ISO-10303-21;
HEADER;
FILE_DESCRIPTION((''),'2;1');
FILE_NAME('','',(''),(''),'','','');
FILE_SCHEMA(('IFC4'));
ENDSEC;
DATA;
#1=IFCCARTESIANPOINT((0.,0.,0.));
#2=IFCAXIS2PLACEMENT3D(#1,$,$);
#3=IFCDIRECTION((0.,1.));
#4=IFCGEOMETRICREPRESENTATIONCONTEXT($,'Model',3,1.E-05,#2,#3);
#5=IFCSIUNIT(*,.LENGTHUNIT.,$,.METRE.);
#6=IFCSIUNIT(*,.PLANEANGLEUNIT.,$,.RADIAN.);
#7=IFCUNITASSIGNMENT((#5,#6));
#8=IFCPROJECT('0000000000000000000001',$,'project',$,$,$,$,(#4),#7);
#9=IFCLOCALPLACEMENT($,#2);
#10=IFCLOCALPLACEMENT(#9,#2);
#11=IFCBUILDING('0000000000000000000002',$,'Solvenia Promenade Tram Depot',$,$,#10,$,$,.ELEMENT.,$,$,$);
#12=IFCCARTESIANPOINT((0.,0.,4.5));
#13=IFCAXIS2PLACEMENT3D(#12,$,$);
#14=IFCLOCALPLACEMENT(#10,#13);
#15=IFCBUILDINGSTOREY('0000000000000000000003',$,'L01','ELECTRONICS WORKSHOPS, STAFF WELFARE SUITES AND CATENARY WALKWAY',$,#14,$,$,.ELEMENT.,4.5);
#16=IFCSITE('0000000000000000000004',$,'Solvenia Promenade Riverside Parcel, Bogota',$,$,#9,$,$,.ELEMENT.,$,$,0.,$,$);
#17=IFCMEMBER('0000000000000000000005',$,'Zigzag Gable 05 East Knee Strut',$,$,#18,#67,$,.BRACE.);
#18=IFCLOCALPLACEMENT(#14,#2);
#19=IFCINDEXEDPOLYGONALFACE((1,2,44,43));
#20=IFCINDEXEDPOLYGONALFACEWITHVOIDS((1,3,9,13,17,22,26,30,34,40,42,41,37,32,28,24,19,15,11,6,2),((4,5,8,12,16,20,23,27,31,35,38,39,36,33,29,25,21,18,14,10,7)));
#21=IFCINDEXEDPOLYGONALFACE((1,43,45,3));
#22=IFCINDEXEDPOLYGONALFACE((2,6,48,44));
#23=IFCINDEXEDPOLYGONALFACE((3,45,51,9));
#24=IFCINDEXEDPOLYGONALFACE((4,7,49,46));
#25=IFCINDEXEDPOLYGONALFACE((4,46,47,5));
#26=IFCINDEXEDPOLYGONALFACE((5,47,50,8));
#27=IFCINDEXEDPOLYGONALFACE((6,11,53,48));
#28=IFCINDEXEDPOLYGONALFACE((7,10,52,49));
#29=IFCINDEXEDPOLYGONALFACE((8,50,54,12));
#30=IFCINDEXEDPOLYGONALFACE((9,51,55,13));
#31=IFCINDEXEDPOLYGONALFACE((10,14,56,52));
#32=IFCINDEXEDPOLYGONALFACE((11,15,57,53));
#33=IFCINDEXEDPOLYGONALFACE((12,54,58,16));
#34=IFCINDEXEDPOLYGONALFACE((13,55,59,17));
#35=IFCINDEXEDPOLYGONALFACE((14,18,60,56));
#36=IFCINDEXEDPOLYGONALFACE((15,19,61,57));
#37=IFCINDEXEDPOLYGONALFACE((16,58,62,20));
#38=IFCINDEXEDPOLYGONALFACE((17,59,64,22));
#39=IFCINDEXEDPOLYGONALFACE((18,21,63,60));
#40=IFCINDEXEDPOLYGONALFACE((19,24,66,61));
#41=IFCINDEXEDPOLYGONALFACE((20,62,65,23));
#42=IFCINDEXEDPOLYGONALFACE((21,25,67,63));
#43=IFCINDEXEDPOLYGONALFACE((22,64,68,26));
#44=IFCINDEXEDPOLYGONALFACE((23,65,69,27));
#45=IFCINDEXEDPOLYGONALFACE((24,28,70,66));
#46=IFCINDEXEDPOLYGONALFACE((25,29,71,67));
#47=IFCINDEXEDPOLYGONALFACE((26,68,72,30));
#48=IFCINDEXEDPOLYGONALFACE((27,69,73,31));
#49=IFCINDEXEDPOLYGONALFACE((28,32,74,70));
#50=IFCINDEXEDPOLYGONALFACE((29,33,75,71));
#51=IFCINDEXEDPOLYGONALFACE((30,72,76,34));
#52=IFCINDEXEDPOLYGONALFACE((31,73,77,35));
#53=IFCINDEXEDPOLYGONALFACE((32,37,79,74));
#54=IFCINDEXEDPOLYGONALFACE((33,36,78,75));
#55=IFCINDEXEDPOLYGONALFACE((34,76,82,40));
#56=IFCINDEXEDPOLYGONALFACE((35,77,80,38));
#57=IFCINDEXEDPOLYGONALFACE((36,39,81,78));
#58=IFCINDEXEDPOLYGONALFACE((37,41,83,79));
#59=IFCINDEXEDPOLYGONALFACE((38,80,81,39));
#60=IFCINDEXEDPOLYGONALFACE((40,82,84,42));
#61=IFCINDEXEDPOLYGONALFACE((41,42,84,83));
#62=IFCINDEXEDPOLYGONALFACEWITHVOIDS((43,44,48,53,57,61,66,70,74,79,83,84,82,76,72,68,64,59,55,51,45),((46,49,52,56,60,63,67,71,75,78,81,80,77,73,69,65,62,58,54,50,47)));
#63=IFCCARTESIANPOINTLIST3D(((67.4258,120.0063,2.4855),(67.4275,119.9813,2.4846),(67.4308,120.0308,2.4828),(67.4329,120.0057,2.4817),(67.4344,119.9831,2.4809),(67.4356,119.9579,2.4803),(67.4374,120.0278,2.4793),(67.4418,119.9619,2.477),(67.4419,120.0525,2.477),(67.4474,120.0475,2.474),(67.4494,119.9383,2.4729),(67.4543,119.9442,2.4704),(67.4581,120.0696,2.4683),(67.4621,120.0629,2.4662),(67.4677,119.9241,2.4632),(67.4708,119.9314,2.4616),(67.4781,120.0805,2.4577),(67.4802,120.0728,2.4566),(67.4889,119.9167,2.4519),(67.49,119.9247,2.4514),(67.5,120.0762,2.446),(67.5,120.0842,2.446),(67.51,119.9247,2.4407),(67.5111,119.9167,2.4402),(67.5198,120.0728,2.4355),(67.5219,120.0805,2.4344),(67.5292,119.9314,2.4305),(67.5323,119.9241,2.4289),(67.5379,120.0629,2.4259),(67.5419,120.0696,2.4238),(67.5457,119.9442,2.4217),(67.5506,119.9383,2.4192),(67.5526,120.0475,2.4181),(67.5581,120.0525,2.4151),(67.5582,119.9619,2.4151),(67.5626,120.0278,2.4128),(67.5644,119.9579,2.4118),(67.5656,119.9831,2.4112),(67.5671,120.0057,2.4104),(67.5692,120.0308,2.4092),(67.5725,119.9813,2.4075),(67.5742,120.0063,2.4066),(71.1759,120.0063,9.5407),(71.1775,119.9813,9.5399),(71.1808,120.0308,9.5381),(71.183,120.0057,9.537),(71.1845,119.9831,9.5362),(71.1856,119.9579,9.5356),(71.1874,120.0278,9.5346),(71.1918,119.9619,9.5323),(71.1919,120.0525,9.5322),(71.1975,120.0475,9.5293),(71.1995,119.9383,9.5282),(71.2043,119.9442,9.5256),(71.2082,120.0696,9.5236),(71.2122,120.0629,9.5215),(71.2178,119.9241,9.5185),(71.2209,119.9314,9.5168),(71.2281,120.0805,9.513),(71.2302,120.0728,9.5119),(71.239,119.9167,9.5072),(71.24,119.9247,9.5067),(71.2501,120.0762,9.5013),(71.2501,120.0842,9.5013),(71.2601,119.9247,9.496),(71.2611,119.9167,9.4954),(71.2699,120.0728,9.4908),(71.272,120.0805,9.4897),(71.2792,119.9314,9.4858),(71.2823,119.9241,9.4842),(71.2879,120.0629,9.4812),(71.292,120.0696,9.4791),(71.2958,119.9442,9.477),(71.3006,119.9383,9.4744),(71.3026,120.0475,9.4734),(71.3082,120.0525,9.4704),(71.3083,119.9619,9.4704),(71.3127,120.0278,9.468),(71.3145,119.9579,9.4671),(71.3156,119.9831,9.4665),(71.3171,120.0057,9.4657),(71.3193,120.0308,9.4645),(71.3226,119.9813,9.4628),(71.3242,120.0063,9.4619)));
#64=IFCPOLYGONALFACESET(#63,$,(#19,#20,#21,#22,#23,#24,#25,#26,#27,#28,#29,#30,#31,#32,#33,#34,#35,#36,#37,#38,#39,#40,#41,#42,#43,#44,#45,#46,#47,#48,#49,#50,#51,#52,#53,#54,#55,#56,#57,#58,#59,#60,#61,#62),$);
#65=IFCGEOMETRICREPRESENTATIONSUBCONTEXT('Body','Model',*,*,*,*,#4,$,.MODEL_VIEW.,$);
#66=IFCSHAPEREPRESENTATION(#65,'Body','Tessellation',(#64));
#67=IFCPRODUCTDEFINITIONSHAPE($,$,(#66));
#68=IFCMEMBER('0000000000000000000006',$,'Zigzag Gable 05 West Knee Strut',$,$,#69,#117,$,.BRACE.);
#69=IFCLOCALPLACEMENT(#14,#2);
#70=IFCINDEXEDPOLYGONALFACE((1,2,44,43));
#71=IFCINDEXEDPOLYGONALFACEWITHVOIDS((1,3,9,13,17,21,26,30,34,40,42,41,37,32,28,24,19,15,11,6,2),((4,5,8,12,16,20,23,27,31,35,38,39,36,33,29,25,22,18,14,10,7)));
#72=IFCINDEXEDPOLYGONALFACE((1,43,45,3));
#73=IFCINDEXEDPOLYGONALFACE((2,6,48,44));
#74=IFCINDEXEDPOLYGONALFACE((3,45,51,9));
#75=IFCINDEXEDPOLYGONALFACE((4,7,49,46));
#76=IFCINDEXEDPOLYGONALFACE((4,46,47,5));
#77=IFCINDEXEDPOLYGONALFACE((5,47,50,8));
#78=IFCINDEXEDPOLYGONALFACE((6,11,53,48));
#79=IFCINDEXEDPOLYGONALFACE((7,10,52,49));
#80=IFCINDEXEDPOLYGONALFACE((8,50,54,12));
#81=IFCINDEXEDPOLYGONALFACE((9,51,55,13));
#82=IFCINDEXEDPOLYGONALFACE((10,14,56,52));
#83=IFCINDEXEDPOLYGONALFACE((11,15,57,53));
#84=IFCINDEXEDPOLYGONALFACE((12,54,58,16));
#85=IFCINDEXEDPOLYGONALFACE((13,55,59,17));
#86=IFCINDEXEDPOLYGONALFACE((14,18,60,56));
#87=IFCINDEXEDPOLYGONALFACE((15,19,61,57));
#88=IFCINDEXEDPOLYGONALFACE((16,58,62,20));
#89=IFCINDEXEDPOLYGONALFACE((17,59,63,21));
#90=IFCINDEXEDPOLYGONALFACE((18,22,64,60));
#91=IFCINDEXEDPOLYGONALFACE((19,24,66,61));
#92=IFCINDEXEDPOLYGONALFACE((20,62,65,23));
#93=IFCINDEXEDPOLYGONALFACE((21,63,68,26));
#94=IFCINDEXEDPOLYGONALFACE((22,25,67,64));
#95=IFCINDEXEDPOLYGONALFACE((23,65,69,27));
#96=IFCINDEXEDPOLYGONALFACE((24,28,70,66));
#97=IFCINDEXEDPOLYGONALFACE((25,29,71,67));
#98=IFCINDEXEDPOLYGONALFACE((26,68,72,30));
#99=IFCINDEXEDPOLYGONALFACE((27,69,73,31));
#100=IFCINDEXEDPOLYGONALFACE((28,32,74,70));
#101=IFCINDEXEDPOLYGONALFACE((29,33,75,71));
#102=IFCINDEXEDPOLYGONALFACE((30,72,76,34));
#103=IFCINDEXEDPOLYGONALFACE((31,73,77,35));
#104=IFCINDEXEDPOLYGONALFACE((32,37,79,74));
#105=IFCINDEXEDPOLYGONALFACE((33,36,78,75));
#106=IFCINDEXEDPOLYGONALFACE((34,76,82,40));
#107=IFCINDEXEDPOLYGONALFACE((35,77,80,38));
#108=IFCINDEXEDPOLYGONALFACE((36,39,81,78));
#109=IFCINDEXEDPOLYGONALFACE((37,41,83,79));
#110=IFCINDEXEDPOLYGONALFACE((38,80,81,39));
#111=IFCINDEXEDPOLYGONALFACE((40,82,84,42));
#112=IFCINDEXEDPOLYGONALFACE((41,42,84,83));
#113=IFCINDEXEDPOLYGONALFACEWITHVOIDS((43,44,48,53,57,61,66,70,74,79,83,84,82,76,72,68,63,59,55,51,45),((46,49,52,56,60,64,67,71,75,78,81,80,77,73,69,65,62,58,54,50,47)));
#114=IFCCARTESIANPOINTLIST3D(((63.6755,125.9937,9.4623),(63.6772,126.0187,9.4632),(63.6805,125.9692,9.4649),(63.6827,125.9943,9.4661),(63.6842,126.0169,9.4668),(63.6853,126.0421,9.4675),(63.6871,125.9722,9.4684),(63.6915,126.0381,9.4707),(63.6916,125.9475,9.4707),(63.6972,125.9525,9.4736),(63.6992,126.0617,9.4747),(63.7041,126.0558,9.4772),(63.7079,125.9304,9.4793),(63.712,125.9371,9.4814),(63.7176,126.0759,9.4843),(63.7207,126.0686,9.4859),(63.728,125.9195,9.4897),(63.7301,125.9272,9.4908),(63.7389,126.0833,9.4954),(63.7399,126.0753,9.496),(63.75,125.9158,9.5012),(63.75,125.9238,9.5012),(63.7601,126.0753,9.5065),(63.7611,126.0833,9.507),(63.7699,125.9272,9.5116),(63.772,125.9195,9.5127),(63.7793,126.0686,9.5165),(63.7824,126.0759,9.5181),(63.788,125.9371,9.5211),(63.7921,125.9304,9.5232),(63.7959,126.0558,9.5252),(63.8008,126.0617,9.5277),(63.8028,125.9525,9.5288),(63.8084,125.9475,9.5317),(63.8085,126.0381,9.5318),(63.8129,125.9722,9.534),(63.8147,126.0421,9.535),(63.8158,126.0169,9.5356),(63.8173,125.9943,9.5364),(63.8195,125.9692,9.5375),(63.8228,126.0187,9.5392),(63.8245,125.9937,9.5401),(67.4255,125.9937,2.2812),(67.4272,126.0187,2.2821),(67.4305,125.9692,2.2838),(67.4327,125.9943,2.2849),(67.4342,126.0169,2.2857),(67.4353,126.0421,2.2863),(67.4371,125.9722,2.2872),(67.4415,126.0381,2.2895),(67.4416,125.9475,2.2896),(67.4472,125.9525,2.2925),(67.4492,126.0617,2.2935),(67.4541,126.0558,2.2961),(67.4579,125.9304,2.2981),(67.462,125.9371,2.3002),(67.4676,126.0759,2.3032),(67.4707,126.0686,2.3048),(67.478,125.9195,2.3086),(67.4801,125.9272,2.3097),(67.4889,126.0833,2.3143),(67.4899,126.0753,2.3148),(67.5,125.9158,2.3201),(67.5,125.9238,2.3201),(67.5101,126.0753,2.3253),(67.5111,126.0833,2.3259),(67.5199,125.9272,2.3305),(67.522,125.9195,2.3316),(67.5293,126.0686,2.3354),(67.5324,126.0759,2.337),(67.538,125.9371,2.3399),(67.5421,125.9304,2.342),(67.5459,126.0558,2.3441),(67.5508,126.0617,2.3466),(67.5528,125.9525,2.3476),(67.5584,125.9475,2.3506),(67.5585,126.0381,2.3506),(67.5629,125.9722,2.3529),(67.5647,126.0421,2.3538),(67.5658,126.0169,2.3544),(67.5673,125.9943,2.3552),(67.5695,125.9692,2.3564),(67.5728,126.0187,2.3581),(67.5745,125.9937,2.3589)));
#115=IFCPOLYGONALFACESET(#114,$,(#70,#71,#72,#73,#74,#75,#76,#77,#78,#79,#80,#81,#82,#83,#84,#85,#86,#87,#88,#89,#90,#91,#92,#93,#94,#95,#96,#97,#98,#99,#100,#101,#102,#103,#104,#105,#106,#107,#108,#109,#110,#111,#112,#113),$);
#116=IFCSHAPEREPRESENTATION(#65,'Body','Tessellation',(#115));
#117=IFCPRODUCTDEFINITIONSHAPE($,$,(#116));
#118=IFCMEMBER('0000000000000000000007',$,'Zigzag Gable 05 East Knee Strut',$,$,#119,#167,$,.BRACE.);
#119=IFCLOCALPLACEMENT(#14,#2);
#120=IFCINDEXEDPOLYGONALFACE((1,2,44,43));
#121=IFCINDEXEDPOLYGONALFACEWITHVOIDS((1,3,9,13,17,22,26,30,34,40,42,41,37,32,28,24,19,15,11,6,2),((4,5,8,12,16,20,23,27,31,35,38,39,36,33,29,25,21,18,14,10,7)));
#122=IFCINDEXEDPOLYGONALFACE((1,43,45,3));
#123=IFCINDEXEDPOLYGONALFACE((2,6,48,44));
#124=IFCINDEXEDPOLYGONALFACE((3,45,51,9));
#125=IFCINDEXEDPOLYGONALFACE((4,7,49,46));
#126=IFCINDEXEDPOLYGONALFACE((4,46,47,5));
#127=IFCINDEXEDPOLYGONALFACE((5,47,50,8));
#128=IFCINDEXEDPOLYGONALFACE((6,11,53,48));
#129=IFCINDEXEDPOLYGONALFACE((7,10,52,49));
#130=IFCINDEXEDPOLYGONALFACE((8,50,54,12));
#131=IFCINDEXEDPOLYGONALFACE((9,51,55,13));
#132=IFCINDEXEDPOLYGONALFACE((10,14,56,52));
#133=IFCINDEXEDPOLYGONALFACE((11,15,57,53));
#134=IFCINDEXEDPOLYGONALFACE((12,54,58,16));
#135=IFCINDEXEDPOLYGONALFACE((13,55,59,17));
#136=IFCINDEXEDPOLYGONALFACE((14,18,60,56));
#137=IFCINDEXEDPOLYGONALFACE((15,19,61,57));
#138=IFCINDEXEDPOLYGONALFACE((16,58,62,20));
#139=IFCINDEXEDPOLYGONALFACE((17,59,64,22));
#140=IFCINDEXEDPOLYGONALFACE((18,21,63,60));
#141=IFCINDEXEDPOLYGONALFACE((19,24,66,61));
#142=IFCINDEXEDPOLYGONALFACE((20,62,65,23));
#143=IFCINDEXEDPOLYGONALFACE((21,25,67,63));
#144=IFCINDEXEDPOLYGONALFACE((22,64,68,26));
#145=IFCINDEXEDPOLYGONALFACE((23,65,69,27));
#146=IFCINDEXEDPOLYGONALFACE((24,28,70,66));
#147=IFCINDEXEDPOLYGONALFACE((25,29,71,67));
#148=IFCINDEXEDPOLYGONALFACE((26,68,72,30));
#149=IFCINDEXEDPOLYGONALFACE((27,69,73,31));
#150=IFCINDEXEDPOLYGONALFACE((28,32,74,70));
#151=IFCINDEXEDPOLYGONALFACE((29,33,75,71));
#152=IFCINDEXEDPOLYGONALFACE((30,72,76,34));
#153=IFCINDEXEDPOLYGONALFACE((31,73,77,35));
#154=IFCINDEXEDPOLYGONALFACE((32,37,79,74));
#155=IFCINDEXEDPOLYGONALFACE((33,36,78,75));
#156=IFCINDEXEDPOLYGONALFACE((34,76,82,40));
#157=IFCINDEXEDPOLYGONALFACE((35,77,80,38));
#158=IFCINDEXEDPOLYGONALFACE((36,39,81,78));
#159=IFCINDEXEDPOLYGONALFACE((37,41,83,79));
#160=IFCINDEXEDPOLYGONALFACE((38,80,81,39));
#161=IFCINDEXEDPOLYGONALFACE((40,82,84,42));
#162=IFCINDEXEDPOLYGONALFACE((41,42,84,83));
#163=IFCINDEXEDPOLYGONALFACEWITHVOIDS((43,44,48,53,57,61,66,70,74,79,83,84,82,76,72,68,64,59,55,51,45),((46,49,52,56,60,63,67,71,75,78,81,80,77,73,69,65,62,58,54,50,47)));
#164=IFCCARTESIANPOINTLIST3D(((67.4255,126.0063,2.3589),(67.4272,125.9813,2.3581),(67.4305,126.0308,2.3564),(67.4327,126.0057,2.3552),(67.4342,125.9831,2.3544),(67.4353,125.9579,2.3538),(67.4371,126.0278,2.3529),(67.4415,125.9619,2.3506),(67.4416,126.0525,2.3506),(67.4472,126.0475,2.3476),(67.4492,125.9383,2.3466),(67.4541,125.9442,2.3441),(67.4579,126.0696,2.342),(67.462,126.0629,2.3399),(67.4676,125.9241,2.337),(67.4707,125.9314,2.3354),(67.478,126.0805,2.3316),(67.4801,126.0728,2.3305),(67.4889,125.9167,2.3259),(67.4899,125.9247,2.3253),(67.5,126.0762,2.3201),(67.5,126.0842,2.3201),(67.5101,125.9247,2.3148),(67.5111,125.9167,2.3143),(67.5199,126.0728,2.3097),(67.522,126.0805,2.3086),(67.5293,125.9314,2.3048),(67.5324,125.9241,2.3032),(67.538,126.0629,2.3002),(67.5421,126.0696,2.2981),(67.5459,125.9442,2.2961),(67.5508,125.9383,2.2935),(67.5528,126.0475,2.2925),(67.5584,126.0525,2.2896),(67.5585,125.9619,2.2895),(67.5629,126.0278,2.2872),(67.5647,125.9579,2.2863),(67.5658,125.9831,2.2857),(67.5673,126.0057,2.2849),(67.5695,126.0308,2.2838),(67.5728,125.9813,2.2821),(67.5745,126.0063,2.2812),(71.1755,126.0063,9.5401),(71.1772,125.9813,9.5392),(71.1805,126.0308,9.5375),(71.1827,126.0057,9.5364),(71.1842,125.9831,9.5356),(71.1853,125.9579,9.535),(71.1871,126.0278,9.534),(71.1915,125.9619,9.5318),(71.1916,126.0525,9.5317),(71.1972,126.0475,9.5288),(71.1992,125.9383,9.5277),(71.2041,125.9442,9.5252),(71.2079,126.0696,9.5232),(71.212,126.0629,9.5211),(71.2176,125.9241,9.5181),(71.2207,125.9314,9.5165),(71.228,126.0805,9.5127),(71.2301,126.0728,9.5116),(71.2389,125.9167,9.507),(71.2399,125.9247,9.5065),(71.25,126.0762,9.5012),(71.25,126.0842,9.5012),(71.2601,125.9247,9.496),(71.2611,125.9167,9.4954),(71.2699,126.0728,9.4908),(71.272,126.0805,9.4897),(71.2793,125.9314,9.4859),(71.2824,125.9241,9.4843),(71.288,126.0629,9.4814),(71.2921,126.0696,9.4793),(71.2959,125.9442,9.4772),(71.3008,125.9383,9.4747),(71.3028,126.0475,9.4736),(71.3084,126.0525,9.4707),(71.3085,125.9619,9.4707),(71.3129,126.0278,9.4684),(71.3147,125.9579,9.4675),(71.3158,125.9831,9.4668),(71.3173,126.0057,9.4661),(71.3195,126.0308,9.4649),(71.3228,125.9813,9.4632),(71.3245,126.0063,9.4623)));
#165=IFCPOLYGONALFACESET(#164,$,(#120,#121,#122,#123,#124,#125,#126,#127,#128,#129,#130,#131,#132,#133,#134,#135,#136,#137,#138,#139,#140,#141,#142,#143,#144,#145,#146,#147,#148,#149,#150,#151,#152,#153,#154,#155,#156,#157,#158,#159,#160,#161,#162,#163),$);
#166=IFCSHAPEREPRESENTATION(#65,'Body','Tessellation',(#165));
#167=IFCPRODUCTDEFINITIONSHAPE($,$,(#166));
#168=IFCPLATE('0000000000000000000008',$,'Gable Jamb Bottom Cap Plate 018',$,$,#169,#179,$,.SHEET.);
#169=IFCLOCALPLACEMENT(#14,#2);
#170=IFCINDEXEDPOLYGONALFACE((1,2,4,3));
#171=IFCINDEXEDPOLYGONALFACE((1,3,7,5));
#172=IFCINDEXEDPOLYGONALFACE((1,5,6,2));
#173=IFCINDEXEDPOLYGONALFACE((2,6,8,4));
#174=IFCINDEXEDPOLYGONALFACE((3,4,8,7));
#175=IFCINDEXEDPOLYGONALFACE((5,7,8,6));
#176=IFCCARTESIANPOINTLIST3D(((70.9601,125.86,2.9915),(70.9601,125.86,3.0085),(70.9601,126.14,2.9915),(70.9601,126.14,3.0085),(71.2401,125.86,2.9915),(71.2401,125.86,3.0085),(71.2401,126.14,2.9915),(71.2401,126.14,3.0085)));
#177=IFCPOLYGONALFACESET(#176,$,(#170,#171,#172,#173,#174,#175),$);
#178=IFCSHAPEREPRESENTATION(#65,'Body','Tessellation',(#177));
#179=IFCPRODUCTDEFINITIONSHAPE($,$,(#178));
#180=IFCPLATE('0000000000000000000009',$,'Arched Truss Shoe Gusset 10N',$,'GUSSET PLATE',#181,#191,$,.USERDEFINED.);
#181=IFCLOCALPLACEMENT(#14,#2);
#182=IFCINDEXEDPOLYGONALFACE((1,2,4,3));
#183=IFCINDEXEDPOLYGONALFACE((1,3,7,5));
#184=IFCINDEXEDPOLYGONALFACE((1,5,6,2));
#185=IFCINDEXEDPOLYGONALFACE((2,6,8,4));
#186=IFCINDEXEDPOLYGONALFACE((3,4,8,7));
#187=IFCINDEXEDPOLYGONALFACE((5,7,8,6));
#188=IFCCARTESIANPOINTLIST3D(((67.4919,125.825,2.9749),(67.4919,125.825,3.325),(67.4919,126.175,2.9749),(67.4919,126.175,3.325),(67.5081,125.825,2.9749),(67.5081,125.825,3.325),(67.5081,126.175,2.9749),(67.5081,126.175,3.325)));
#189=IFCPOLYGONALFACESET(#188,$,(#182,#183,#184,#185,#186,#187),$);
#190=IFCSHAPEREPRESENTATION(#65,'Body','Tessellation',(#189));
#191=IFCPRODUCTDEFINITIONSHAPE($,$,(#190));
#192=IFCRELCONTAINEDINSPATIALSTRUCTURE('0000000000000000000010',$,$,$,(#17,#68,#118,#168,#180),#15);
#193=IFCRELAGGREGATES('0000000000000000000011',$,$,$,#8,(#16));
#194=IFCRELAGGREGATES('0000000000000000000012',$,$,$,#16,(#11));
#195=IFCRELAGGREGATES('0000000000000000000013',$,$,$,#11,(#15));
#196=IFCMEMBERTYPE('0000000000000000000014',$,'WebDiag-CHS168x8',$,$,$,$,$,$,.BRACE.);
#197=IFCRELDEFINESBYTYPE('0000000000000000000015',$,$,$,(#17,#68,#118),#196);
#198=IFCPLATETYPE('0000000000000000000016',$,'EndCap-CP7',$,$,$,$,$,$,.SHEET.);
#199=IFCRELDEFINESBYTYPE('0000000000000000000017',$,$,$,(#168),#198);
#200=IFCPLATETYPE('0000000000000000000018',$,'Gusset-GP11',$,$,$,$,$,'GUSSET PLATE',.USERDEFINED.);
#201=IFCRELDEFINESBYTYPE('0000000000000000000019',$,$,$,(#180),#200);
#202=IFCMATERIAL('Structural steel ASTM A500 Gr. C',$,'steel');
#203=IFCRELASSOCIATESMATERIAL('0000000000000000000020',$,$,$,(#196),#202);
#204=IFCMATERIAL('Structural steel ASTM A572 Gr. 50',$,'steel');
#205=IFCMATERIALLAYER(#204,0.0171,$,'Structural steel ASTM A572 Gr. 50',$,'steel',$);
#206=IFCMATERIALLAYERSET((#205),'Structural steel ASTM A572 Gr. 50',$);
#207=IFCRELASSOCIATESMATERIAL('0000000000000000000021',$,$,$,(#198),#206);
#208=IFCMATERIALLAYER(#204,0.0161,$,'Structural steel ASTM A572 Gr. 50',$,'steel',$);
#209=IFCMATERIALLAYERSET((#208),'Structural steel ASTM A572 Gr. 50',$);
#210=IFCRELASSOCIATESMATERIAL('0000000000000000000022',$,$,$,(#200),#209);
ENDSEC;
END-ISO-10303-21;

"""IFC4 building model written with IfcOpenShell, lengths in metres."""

from ifc_helpers import new_model, si_unit, direction, frame, origin, origin_2d, place, context, subcontext, project, spatial, rectangle, hollow_circle, extrude, material, layer, layer_set, material_profile, profile_set, type_object, element, save


model = new_model("IFC4")

# Units and contexts
model_context = context("Model", 3, precision=1e-05, world=origin(), true_north=direction((0.0, 1.0)))
body_context = subcontext(model_context, "Body", "Model", "MODEL_VIEW")
ifc_project = project(units=[si_unit("LENGTHUNIT", "METRE"), si_unit("PLANEANGLEUNIT", "RADIAN")], contexts=[model_context])

# Site, building, storey
site_placement = place(None, origin())
site = spatial("IfcSite", under=ifc_project, at=site_placement, Name="Solvenia Promenade Riverside Parcel, Bogota", CompositionType="ELEMENT", RefElevation=0.0)
building_placement = place(site_placement, origin())
building = spatial("IfcBuilding", under=site, at=building_placement, Name="Solvenia Promenade Tram Depot", CompositionType="ELEMENT")
storey_placement = place(building_placement, frame((0.0, 0.0, 4.5)))
storey = spatial("IfcBuildingStorey", under=building, at=storey_placement, Name="L01", Description="ELECTRONICS WORKSHOPS, STAFF WELFARE SUITES AND CATENARY WALKWAY", CompositionType="ELEMENT", Elevation=4.5)

# Shared definitions
ifc_material_1 = material(Name="Structural steel ASTM A500 Gr. C", Category="steel")

# Members
ifc_material_profile_1 = material_profile(ifc_material_1, hollow_circle(Radius=0.0842, WallThickness=0.0081, at=origin_2d()), Name="CHS168.3x8", Category="steel")
ifc_profile_set_1 = profile_set([ifc_material_profile_1], Name="Structural steel ASTM A500 Gr. C")
member_type_1 = type_object("IfcMemberType", Name="WebDiag-CHS168x8", PredefinedType="BRACE", material=ifc_profile_set_1)
for number, where, z_axis, x_axis, name in (
    (1, (67.5, 120.0, 2.446), (0.469344, 0.0, 0.883015), (0.0, 1.0, 0.0), "Zigzag Gable 05 East Knee Strut"),
):
    element("IfcMember", number, at=place(storey_placement, frame(where, z_axis=z_axis, x_axis=x_axis)), inside=storey, type_object=member_type_1, Name=name, PredefinedType="BRACE", context=body_context, shape_type="SweptSolid", body=[
        extrude(hollow_circle(Radius=0.0842, WallThickness=0.0081, at=origin_2d()), origin(), (0.0, 0.0, 1.0), 7.99),
    ])
for number, where, z_axis, x_axis, name in (
    (2, (67.5, 126.0, 2.3201), (-0.462887, 0.0, 0.886417), (0.0, -1.0, 0.0), "Zigzag Gable 05 West Knee Strut"),
    (3, (67.5, 126.0, 2.3201), (0.462887, 0.0, 0.886417), (0.0, 1.0, 0.0), "Zigzag Gable 05 East Knee Strut"),
):
    element("IfcMember", number, at=place(storey_placement, frame(where, z_axis=z_axis, x_axis=x_axis)), inside=storey, type_object=member_type_1, Name=name, PredefinedType="BRACE", context=body_context, shape_type="SweptSolid", body=[
        extrude(hollow_circle(Radius=0.0842, WallThickness=0.0081, at=origin_2d()), origin(), (0.0, 0.0, 1.0), 8.1013),
    ])

# Plates
ifc_material_2 = material(Name="Structural steel ASTM A572 Gr. 50", Category="steel")
ifc_layer_1 = layer(ifc_material_2, 0.0171, Name="Structural steel ASTM A572 Gr. 50", Category="steel")
ifc_layer_set_1 = layer_set([ifc_layer_1], Name="Structural steel ASTM A572 Gr. 50")
plate_type_1 = type_object("IfcPlateType", Name="EndCap-CP7", PredefinedType="SHEET", material=ifc_layer_set_1)
plate_1_placement = place(storey_placement, frame((71.1001, 126.0, 2.9915), z_axis=(0.0, 0.0, 1.0), x_axis=(1.0, 0.0, 0.0)))
element("IfcPlate", 4, at=plate_1_placement, inside=storey, type_object=plate_type_1, Name="Gable Jamb Bottom Cap Plate 018", PredefinedType="SHEET", context=body_context, shape_type="SweptSolid", body=[
    extrude(rectangle(XDim=0.28, YDim=0.28, at=origin_2d()), origin(), (0.0, 0.0, 1.0), 0.0171),
])
ifc_layer_2 = layer(ifc_material_2, 0.0161, Name="Structural steel ASTM A572 Gr. 50", Category="steel")
ifc_layer_set_2 = layer_set([ifc_layer_2], Name="Structural steel ASTM A572 Gr. 50")
plate_type_2 = type_object("IfcPlateType", Name="Gusset-GP11", ElementType="GUSSET PLATE", PredefinedType="USERDEFINED", material=ifc_layer_set_2)
plate_2_placement = place(storey_placement, frame((67.5, 126.0, 2.9749), z_axis=(0.0, 0.0, 1.0), x_axis=(1.0, 0.0, 0.0)))
element("IfcPlate", 5, at=plate_2_placement, inside=storey, type_object=plate_type_2, Name="Arched Truss Shoe Gusset 10N", ObjectType="GUSSET PLATE", PredefinedType="USERDEFINED", context=body_context, shape_type="SweptSolid", body=[
    extrude(rectangle(XDim=0.0161, YDim=0.3501, at=origin_2d()), origin(), (0.0, 0.0, 1.0), 0.3501),
])

save(model, "model.ifc")
